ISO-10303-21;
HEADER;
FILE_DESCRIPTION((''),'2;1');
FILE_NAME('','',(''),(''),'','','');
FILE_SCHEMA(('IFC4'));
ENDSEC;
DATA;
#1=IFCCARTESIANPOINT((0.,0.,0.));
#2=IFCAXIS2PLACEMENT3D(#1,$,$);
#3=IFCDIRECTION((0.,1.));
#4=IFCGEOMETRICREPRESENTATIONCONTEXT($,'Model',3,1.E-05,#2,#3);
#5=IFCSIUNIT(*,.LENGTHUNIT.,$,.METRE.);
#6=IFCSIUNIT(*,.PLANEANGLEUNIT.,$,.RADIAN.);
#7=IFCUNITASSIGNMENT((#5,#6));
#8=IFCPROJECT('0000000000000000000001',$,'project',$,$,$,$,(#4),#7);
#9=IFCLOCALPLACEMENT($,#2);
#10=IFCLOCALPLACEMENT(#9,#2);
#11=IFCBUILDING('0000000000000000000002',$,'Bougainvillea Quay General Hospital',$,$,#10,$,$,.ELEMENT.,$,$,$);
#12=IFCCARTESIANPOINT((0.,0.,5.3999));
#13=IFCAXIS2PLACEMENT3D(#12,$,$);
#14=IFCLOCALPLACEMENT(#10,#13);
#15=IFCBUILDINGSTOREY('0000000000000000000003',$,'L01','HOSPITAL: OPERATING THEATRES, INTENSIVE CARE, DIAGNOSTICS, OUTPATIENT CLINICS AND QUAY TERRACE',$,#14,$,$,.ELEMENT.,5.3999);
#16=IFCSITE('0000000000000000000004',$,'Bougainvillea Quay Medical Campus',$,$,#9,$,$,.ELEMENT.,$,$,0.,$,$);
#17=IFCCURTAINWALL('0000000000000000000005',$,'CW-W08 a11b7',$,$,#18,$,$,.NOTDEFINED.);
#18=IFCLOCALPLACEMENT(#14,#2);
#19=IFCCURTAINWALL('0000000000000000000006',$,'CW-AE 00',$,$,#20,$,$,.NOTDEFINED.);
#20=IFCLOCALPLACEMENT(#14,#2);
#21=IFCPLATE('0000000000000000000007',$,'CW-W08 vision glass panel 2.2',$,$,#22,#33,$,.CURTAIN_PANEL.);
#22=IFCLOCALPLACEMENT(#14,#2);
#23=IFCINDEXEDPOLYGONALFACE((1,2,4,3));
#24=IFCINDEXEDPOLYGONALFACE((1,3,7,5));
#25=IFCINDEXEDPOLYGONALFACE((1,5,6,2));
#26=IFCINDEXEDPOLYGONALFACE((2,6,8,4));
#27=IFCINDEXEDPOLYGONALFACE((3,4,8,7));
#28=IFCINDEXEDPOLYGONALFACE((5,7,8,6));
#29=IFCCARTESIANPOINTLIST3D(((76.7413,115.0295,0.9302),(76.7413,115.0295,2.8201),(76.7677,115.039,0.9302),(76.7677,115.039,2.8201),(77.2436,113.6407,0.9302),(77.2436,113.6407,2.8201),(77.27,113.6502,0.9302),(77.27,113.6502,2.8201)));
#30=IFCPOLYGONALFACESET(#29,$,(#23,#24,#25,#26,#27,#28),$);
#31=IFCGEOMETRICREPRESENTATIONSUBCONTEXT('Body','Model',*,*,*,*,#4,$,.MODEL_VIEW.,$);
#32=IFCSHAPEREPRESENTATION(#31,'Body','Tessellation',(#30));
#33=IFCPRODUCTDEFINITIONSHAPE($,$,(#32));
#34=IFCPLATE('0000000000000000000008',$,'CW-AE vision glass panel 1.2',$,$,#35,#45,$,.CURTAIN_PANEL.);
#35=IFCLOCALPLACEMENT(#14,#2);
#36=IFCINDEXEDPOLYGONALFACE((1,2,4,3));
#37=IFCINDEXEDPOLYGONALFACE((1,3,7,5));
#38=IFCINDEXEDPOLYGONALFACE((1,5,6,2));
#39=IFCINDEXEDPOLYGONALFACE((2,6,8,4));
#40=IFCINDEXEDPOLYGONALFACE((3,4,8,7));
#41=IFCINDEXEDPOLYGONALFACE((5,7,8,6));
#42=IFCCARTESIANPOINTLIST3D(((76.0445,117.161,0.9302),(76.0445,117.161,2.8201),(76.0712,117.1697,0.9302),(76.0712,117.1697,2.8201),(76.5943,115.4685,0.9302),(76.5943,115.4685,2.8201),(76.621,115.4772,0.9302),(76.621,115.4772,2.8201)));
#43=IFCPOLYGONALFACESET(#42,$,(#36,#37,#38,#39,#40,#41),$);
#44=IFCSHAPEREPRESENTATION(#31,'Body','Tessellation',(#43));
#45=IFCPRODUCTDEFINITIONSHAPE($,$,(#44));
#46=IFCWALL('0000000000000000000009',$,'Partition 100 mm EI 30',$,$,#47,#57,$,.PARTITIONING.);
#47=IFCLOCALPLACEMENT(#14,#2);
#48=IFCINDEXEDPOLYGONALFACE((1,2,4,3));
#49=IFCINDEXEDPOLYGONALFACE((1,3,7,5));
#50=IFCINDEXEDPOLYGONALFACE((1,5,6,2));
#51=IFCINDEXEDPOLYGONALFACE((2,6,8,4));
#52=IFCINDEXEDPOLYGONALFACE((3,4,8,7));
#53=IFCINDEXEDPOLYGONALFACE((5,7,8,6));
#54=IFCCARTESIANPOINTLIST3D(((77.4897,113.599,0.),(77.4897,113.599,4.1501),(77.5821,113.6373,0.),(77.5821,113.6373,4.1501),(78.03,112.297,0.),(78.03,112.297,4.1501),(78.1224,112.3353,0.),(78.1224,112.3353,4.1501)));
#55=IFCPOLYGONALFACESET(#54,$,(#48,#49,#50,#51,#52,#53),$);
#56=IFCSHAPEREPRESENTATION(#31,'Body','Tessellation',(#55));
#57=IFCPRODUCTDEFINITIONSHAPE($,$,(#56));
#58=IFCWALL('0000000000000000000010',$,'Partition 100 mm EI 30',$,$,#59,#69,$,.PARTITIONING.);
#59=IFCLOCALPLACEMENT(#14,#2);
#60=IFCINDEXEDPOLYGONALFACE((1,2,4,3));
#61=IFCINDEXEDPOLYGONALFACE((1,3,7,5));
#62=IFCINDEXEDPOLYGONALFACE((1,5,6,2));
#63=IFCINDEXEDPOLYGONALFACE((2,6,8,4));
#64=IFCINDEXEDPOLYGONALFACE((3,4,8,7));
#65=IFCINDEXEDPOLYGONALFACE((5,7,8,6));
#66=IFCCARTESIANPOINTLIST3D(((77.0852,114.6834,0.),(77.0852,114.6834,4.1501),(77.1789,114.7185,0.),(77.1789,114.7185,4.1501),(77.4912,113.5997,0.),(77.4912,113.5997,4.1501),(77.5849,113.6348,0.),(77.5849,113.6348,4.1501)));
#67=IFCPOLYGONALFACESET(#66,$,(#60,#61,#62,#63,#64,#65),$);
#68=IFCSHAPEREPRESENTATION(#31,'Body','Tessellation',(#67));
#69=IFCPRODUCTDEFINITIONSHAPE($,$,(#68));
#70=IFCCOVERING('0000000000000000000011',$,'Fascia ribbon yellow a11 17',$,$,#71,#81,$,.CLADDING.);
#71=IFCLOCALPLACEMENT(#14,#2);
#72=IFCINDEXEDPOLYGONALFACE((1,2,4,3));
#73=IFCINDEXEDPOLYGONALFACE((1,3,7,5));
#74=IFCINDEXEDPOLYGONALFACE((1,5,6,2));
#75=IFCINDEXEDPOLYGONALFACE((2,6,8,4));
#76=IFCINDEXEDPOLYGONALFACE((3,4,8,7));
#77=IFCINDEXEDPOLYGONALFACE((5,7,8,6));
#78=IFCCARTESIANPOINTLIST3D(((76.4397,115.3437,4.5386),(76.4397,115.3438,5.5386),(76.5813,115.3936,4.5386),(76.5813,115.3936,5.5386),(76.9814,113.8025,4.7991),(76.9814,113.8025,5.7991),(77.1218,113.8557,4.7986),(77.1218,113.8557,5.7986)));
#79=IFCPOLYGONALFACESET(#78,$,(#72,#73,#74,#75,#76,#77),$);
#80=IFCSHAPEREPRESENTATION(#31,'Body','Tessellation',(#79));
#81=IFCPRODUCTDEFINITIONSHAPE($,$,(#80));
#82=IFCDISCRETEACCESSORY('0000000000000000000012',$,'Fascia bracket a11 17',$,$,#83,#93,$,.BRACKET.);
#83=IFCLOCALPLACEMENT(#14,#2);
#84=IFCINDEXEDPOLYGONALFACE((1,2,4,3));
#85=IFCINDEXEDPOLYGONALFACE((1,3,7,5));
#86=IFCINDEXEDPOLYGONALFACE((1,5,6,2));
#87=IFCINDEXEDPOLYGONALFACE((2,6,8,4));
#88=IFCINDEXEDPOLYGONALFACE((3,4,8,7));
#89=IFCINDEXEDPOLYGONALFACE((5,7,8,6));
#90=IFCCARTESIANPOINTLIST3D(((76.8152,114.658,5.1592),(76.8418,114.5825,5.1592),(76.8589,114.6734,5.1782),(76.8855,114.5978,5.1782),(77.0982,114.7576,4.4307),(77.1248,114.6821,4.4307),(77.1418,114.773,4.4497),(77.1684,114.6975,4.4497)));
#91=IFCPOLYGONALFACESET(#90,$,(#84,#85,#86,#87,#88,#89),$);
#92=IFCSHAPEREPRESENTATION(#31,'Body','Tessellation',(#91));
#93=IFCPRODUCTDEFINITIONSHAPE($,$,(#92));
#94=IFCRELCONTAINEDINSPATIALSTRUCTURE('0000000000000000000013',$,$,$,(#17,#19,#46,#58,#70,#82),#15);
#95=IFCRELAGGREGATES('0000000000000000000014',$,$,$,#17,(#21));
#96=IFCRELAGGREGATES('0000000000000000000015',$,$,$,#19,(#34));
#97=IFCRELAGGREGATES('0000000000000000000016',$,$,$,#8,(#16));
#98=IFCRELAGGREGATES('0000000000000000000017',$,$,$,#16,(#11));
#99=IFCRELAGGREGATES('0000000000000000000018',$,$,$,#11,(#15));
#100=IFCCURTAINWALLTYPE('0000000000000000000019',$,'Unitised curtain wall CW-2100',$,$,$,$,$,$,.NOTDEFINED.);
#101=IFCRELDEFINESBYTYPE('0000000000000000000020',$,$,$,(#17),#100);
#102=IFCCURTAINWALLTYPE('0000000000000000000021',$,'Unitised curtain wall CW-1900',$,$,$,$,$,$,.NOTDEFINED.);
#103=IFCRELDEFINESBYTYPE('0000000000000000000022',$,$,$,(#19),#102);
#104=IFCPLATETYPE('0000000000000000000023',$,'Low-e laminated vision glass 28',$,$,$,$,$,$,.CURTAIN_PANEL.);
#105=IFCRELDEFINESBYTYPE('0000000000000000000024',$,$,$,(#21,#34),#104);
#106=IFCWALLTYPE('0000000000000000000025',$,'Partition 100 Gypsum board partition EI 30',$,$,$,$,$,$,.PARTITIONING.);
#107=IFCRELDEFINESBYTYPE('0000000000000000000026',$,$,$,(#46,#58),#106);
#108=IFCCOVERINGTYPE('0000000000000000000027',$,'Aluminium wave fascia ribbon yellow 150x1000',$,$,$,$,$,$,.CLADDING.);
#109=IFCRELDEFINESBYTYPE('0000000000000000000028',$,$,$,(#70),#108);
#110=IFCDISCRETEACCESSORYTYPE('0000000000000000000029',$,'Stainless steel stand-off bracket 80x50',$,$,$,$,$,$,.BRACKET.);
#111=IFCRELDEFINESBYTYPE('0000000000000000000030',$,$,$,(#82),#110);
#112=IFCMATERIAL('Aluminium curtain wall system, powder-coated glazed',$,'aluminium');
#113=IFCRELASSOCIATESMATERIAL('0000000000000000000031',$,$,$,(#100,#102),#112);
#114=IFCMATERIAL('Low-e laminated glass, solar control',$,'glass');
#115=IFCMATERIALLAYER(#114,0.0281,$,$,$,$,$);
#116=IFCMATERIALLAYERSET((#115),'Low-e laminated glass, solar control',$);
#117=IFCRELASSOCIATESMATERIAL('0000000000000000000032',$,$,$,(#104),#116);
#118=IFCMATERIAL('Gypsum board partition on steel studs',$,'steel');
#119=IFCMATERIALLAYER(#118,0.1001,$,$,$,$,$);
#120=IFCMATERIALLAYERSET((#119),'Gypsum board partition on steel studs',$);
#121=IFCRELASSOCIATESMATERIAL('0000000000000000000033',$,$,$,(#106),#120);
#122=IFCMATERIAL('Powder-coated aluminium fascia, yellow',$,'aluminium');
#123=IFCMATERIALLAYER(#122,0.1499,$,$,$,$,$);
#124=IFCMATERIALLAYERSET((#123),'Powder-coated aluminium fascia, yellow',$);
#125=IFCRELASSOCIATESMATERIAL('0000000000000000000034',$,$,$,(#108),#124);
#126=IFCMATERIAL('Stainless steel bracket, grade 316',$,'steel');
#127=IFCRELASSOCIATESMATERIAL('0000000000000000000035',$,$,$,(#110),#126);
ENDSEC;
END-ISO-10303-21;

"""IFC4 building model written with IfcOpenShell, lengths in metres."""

from ifc_helpers import new_model, si_unit, direction, frame, frame_2d, origin, origin_2d, place, context, subcontext, project, spatial, polyline, rectangle, outline, extrude, material, layer, layer_set, material_profile, profile_set, type_object, element, aggregate, save


model = new_model("IFC4")

# Units and contexts
model_context = context("Model", 3, precision=1e-05, world=origin(), true_north=direction((0.0, 1.0)))
body_context = subcontext(model_context, "Body", "Model", "MODEL_VIEW")
ifc_project = project(units=[si_unit("LENGTHUNIT", "METRE"), si_unit("PLANEANGLEUNIT", "RADIAN")], contexts=[model_context])

# Site, building, storey
site_placement = place(None, origin())
site = spatial("IfcSite", under=ifc_project, at=site_placement, Name="Bougainvillea Quay Medical Campus", CompositionType="ELEMENT", RefElevation=0.0)
building_placement = place(site_placement, origin())
building = spatial("IfcBuilding", under=site, at=building_placement, Name="Bougainvillea Quay General Hospital", CompositionType="ELEMENT")
storey_placement = place(building_placement, frame((0.0, 0.0, 5.3999)))
storey = spatial("IfcBuildingStorey", under=building, at=storey_placement, Name="L01", Description="HOSPITAL: OPERATING THEATRES, INTENSIVE CARE, DIAGNOSTICS, OUTPATIENT CLINICS AND QUAY TERRACE", CompositionType="ELEMENT", Elevation=5.3999)

# Curtain walls
ifc_material_1 = material(Name="Aluminium curtain wall system, powder-coated glazed", Category="aluminium")
curtain_wall_type_1 = type_object("IfcCurtainWallType", Name="Unitised curtain wall CW-2100", PredefinedType="NOTDEFINED", material=ifc_material_1)
curtain_wall_1_placement = place(storey_placement, origin())
curtain_wall_1 = element("IfcCurtainWall", 1, at=curtain_wall_1_placement, inside=storey, type_object=curtain_wall_type_1, Name="CW-W08 a11b7", PredefinedType="NOTDEFINED")
curtain_wall_type_2 = type_object("IfcCurtainWallType", Name="Unitised curtain wall CW-1900", PredefinedType="NOTDEFINED", material=ifc_material_1)
curtain_wall_2_placement = place(storey_placement, origin())
curtain_wall_2 = element("IfcCurtainWall", 2, at=curtain_wall_2_placement, inside=storey, type_object=curtain_wall_type_2, Name="CW-AE 00", PredefinedType="NOTDEFINED")

# Plates
ifc_material_2 = material(Name="Low-e laminated glass, solar control", Category="glass")
ifc_layer_1 = layer(ifc_material_2, 0.0281)
ifc_layer_set_1 = layer_set([ifc_layer_1], Name="Low-e laminated glass, solar control")
plate_type_1 = type_object("IfcPlateType", Name="Low-e laminated vision glass 28", PredefinedType="CURTAIN_PANEL", material=ifc_layer_set_1)
plate_1_placement = place(storey_placement, frame((77.0056, 114.3398, 0.9302), z_axis=(0.0, 0.0, 1.0), x_axis=(-0.34012, 0.940382, 0.0)))
plate_1 = element("IfcPlate", 3, at=plate_1_placement, type_object=plate_type_1, Name="CW-W08 vision glass panel 2.2", PredefinedType="CURTAIN_PANEL", context=body_context, shape_type="SweptSolid", body=[
    extrude(rectangle(XDim=1.4768, YDim=0.0281, at=origin_2d()), origin(), (0.0, 0.0, 1.0), 1.8899),
])
aggregate(curtain_wall_1, [plate_1])
plate_2_placement = place(storey_placement, frame((76.3328, 116.3191, 0.9302), z_axis=(0.0, 0.0, 1.0), x_axis=(-0.308971, 0.951072, 0.0)))
plate_2 = element("IfcPlate", 4, at=plate_2_placement, type_object=plate_type_1, Name="CW-AE vision glass panel 1.2", PredefinedType="CURTAIN_PANEL", context=body_context, shape_type="SweptSolid", body=[
    extrude(rectangle(XDim=1.7795, YDim=0.0281, at=origin_2d()), origin(), (0.0, 0.0, 1.0), 1.8899),
])
aggregate(curtain_wall_2, [plate_2])

# Walls
ifc_material_3 = material(Name="Gypsum board partition on steel studs", Category="steel")
ifc_layer_2 = layer(ifc_material_3, 0.1001)
ifc_layer_set_2 = layer_set([ifc_layer_2], Name="Gypsum board partition on steel studs")
wall_type = type_object("IfcWallType", Name="Partition 100 Gypsum board partition EI 30", PredefinedType="PARTITIONING", material=ifc_layer_set_2)
wall_1_placement = place(storey_placement, frame((77.5359, 113.6182, 0.0), z_axis=(0.0, 0.0, 1.0), x_axis=(0.383275, -0.923634, 0.0)))
element("IfcWall", 5, at=wall_1_placement, inside=storey, type_object=wall_type, Name="Partition 100 mm EI 30", PredefinedType="PARTITIONING", context=body_context, shape_type="SweptSolid", body=[
    extrude(rectangle(XDim=1.4097, YDim=0.1001, at=frame_2d((0.7048, 0.0))), origin(), (0.0, 0.0, 1.0), 4.1501),
])
wall_2_placement = place(storey_placement, frame((77.1321, 114.7009, 0.0), z_axis=(0.0, 0.0, 1.0), x_axis=(0.350823, -0.936442, 0.0)))
element("IfcWall", 6, at=wall_2_placement, inside=storey, type_object=wall_type, Name="Partition 100 mm EI 30", PredefinedType="PARTITIONING", context=body_context, shape_type="SweptSolid", body=[
    extrude(rectangle(XDim=1.1572, YDim=0.1001, at=frame_2d((0.5786, 0.0))), origin(), (0.0, 0.0, 1.0), 4.1501),
])

# Covering
ifc_material_4 = material(Name="Powder-coated aluminium fascia, yellow", Category="aluminium")
ifc_layer_3 = layer(ifc_material_4, 0.1499)
ifc_layer_set_3 = layer_set([ifc_layer_3], Name="Powder-coated aluminium fascia, yellow")
covering_type = type_object("IfcCoveringType", Name="Aluminium wave fascia ribbon yellow 150x1000", PredefinedType="CLADDING", material=ifc_layer_set_3)
covering_placement = place(storey_placement, frame((77.1218, 113.8557, 4.7986), z_axis=(-0.052536, 0.14847, 0.98752), x_axis=(-0.32746, 0.931647, -0.15749)))
element("IfcCovering", 7, at=covering_placement, inside=storey, type_object=covering_type, Name="Fascia ribbon yellow a11 17", PredefinedType="CLADDING", context=body_context, shape_type="SweptSolid", body=[
    extrude(outline(polyline([(0.0, 0.0), (1.6507, 0.0), (1.6506, 0.1501), (-0.0037, 0.1501), (0.0, 0.0)])), origin(), (-0.15749, -0.000327, 0.98752), 1.0),
])

# Discrete accessory
ifc_material_5 = material(Name="Stainless steel bracket, grade 316", Category="steel")
ifc_material_profile_1 = material_profile(ifc_material_5, rectangle(XDim=0.0801, YDim=0.05, at=origin_2d()))
ifc_profile_set_1 = profile_set([ifc_material_profile_1], Name="Stainless steel bracket, grade 316")
discrete_accessory_type = type_object("IfcDiscreteAccessoryType", Name="Stainless steel stand-off bracket 80x50", PredefinedType="BRACKET", material=ifc_profile_set_1)
discrete_accessory_placement = place(storey_placement, frame((77.1333, 114.7275, 4.4402), z_axis=(-0.359149, -0.12643, 0.924677), x_axis=(0.332054, -0.94326, 0.0)))
element("IfcDiscreteAccessory", 8, at=discrete_accessory_placement, inside=storey, type_object=discrete_accessory_type, Name="Fascia bracket a11 17", PredefinedType="BRACKET", context=body_context, shape_type="SweptSolid", body=[
    extrude(rectangle(XDim=0.0801, YDim=0.05, at=origin_2d()), origin(), (0.0, 0.0, 1.0), 0.7878),
])

save(model, "model.ifc")
